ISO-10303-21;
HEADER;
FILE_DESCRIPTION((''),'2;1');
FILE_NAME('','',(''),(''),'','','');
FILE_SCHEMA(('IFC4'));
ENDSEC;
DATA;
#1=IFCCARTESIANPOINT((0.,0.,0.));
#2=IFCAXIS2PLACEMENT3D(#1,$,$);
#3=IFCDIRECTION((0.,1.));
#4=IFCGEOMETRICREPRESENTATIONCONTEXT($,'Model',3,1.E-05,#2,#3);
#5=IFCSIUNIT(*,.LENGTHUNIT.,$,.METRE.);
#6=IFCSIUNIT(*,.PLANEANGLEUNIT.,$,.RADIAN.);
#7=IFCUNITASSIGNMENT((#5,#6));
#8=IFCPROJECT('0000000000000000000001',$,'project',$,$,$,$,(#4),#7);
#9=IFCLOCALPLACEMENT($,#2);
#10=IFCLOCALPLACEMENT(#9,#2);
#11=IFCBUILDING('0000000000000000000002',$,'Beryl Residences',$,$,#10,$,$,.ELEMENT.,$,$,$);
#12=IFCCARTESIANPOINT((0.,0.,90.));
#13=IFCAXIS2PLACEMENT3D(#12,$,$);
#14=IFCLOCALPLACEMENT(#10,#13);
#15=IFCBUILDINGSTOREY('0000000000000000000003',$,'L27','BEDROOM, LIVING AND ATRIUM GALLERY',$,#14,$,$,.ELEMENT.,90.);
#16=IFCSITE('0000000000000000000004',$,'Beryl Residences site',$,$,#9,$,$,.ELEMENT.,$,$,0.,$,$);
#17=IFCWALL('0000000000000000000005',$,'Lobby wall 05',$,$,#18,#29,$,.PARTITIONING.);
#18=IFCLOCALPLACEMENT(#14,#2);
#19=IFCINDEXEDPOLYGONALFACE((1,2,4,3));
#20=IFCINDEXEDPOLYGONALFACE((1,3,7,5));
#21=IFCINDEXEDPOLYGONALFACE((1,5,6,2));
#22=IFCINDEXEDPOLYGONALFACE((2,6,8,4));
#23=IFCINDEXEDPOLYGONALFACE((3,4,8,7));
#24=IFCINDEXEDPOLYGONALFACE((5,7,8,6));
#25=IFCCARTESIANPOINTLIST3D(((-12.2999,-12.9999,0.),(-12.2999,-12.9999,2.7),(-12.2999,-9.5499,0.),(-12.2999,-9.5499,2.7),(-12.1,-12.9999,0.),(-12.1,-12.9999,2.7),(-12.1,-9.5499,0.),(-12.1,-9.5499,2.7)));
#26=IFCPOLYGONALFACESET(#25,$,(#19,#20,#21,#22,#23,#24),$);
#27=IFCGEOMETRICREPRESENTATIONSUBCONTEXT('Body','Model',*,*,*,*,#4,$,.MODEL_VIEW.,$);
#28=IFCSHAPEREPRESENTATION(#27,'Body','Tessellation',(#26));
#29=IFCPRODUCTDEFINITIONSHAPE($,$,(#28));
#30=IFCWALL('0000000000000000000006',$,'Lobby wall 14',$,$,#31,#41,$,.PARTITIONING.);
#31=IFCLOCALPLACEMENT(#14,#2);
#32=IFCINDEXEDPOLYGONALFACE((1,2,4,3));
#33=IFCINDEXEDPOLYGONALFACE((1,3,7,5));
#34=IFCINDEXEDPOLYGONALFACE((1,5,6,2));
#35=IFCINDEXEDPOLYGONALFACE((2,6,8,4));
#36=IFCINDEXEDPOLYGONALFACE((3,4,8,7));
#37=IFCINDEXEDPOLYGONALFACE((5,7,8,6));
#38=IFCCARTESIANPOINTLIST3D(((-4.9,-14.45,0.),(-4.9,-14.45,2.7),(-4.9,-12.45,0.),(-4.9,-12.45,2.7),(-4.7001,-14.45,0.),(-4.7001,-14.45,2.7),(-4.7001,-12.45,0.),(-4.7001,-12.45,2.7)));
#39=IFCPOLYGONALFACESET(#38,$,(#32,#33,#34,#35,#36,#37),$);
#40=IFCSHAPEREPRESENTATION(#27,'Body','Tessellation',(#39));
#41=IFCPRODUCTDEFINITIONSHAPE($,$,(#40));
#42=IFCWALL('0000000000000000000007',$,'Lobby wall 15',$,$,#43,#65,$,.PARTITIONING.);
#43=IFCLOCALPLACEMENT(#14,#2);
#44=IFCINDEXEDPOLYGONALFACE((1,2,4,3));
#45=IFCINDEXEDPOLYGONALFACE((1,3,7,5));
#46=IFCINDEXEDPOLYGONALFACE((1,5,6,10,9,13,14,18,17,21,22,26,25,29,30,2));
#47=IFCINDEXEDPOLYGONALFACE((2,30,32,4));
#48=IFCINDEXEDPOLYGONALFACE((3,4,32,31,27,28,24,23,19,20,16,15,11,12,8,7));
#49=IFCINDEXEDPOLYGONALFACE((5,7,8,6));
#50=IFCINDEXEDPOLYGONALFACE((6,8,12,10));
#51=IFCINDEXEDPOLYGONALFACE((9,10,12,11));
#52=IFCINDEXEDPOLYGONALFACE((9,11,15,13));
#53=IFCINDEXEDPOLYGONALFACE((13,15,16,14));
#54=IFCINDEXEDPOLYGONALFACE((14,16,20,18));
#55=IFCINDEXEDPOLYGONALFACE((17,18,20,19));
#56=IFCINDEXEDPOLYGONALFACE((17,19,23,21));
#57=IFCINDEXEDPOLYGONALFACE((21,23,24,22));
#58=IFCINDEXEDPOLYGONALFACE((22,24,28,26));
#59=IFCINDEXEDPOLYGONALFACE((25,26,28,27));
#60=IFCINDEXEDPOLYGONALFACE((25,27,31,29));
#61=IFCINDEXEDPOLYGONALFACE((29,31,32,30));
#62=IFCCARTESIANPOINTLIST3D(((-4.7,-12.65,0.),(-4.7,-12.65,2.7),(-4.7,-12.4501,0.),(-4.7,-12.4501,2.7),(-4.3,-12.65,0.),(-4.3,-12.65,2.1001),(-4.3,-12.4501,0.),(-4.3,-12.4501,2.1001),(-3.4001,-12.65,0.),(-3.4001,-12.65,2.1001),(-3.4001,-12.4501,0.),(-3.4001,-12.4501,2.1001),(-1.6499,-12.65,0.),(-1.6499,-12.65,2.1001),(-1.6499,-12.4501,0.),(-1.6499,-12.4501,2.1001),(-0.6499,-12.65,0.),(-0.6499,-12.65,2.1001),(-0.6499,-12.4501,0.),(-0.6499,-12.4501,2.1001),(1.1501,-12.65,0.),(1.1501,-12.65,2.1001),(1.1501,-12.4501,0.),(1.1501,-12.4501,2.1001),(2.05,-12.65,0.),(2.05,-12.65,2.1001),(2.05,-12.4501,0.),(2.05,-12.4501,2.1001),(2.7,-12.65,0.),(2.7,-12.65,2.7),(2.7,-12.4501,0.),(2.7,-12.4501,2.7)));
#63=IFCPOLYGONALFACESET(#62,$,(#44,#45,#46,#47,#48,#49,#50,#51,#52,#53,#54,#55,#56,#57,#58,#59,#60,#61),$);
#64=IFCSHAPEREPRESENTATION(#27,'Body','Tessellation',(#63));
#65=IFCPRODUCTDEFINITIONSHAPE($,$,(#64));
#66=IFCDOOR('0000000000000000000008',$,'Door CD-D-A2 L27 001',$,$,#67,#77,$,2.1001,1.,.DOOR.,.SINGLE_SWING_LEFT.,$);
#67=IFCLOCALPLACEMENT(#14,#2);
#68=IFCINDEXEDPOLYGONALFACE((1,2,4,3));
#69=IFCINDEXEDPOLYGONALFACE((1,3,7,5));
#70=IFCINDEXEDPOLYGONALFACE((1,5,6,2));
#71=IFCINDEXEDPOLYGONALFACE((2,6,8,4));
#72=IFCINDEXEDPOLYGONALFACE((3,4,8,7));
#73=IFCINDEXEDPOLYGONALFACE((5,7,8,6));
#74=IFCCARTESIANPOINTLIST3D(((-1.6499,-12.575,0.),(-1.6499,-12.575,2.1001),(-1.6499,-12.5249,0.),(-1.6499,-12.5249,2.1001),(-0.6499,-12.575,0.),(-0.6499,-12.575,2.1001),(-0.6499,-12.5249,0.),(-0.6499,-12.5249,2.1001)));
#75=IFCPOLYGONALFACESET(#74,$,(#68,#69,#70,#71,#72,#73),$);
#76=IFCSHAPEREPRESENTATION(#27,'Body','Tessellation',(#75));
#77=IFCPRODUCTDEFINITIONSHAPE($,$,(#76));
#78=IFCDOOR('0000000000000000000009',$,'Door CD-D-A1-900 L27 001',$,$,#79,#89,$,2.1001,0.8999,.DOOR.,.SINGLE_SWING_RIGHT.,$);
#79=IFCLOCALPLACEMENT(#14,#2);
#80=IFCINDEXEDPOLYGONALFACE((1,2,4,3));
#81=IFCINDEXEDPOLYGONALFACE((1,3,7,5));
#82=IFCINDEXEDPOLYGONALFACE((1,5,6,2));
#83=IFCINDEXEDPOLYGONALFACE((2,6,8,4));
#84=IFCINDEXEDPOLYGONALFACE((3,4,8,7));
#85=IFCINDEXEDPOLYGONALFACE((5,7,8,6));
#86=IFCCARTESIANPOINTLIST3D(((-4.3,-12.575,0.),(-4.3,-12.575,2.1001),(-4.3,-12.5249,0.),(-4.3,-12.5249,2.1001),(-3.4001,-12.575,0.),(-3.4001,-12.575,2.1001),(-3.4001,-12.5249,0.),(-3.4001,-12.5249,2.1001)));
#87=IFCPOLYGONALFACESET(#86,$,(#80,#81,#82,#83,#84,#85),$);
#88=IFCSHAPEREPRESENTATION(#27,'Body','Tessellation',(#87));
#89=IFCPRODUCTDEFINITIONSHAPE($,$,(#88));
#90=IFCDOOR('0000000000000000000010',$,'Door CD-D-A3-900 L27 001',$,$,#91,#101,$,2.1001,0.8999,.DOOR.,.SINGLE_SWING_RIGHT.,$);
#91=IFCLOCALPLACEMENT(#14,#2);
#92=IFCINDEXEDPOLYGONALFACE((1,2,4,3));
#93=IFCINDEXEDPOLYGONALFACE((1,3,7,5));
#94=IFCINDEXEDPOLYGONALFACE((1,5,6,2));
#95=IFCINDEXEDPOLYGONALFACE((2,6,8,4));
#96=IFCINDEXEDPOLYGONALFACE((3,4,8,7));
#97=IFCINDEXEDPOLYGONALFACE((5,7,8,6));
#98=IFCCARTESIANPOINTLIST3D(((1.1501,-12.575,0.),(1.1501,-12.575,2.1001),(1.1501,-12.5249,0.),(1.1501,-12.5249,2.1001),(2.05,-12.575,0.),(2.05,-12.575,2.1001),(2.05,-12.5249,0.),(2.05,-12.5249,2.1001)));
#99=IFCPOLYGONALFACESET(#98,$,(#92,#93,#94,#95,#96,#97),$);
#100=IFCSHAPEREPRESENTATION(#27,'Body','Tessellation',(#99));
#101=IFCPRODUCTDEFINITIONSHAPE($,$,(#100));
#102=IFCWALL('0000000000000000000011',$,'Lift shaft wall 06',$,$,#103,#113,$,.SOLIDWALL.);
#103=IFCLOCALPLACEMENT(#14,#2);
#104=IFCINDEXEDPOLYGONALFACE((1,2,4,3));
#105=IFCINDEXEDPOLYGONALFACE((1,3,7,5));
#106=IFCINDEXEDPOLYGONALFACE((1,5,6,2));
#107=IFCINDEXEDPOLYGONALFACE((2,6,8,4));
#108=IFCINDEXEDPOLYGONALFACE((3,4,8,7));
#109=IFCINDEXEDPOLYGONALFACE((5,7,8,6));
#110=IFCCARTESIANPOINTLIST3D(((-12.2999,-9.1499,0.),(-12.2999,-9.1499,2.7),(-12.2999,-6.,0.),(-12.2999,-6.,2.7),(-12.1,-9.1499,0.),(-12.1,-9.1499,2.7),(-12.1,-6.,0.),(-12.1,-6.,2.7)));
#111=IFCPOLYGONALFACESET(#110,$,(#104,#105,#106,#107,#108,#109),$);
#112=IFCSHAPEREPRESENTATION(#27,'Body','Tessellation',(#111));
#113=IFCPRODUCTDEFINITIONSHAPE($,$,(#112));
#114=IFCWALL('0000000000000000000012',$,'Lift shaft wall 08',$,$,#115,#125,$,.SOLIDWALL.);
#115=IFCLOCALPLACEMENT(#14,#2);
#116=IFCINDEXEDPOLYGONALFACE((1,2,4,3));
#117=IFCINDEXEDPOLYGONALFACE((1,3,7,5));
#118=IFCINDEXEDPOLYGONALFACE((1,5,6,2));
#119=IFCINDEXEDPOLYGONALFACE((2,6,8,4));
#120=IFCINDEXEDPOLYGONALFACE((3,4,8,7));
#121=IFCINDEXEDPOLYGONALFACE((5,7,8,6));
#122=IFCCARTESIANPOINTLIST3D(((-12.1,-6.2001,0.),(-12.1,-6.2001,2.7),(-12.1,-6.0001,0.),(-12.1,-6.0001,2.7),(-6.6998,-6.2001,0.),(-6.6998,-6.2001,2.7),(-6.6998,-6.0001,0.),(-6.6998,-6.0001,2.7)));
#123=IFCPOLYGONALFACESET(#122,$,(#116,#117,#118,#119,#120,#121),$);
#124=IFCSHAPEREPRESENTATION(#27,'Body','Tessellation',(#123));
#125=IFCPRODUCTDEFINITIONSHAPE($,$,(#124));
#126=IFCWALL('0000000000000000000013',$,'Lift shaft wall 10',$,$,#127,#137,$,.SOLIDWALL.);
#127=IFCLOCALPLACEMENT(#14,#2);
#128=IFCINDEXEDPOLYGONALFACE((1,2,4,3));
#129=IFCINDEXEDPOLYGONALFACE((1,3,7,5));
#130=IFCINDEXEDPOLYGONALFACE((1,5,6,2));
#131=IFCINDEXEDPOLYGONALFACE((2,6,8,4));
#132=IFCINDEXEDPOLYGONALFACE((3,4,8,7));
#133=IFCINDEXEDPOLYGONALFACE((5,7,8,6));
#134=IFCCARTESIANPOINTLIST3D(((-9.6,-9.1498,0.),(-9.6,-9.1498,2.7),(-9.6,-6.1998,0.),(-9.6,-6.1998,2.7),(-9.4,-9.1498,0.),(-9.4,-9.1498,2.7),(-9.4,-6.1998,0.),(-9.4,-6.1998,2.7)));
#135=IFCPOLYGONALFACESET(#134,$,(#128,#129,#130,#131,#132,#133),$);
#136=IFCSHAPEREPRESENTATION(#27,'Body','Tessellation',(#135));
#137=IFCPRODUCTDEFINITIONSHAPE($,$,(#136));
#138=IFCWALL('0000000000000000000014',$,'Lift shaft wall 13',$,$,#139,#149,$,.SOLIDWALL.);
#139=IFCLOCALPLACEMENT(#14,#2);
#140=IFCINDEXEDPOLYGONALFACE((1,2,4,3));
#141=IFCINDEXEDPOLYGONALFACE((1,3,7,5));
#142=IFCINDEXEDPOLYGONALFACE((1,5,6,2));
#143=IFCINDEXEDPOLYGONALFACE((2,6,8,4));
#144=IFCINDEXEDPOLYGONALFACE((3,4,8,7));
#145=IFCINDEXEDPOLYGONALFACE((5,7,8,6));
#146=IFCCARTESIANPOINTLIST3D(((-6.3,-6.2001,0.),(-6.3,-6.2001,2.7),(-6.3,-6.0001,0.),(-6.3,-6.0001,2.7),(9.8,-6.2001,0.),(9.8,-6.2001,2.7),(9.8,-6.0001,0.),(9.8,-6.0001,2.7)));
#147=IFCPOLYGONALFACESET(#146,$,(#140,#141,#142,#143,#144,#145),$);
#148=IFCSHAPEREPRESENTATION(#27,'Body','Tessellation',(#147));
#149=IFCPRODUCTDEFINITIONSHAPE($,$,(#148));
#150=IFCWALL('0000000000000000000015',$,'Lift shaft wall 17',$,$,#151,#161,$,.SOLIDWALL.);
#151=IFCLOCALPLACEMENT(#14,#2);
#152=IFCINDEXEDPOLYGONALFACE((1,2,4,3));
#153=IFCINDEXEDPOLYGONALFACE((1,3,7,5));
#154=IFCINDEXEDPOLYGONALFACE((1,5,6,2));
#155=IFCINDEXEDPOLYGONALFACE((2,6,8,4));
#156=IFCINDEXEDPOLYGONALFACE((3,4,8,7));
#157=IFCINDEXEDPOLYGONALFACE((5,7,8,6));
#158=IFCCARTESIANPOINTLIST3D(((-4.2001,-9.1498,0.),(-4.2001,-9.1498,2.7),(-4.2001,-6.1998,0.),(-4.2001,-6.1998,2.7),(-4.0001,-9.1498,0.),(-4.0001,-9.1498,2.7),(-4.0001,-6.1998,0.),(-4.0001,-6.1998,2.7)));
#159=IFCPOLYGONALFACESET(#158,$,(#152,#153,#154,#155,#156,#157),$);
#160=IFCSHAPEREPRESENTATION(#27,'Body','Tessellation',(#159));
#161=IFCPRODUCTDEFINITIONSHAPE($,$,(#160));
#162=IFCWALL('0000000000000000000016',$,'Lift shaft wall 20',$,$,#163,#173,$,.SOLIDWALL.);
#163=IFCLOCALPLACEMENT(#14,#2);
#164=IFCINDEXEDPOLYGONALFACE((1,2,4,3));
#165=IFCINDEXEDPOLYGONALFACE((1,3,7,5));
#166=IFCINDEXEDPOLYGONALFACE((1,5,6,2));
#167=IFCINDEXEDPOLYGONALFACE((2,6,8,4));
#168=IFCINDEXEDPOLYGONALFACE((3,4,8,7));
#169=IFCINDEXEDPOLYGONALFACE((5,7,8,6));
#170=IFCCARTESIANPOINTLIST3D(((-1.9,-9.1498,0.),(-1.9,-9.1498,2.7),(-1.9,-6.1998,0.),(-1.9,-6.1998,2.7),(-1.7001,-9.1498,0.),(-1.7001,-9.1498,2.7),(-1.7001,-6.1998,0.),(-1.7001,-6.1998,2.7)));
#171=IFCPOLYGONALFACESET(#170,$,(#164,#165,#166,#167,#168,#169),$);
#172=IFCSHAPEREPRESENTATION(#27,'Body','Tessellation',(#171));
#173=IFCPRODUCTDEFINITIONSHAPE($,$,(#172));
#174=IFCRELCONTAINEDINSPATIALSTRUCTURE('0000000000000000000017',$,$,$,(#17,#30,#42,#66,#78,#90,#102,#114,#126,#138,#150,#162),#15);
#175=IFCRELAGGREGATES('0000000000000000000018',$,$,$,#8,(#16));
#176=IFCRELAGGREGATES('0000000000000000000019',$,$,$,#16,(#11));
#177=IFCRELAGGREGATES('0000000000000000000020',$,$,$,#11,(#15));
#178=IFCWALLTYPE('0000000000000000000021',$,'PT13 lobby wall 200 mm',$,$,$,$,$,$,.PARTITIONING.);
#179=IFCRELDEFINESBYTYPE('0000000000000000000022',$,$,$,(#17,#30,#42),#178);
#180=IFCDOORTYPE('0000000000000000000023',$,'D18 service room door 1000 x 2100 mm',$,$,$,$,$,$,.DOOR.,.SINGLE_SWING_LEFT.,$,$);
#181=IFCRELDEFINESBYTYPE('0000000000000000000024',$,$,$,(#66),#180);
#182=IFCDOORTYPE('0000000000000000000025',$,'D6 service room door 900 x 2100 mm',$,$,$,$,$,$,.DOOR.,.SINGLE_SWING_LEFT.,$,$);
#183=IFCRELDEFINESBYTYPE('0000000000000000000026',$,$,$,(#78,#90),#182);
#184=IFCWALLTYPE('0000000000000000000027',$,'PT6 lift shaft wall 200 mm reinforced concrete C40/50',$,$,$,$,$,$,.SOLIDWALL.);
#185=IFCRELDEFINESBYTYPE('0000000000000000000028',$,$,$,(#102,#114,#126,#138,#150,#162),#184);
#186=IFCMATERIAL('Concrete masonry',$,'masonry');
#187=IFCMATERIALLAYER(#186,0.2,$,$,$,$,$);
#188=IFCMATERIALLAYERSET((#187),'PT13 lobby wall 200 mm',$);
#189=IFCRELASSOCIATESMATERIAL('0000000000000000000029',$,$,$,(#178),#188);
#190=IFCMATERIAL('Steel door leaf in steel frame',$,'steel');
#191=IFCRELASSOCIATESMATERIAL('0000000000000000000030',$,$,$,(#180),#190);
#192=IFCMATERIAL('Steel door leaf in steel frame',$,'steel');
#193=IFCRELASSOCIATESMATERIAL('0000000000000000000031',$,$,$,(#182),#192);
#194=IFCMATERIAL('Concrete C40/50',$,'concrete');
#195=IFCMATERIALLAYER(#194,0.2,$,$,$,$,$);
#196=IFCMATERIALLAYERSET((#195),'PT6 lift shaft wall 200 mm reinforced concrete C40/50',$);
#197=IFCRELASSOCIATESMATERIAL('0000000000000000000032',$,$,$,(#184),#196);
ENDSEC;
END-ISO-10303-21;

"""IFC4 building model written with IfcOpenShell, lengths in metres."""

from ifc_helpers import new_model, si_unit, direction, frame, frame_2d, origin, place, context, subcontext, project, spatial, rectangle, extrude, material, layer, layer_set, type_object, element, fill, save


model = new_model("IFC4")

# Units and contexts
model_context = context("Model", 3, precision=1e-05, world=origin(), true_north=direction((0.0, 1.0)))
body_context = subcontext(model_context, "Body", "Model", "MODEL_VIEW")
ifc_project = project(units=[si_unit("LENGTHUNIT", "METRE"), si_unit("PLANEANGLEUNIT", "RADIAN")], contexts=[model_context])

# Site, building, storey
site_placement = place(None, origin())
site = spatial("IfcSite", under=ifc_project, at=site_placement, Name="Beryl Residences site", CompositionType="ELEMENT", RefElevation=0.0)
building_placement = place(site_placement, origin())
building = spatial("IfcBuilding", under=site, at=building_placement, Name="Beryl Residences", CompositionType="ELEMENT")
storey_placement = place(building_placement, frame((0.0, 0.0, 90.0)))
storey = spatial("IfcBuildingStorey", under=building, at=storey_placement, Name="L27", Description="BEDROOM, LIVING AND ATRIUM GALLERY", CompositionType="ELEMENT", Elevation=90.0)

# Walls
ifc_material_1 = material(Name="Concrete masonry", Category="masonry")
ifc_layer_1 = layer(ifc_material_1, 0.2)
ifc_layer_set_1 = layer_set([ifc_layer_1], Name="PT13 lobby wall 200 mm")
wall_type_1 = type_object("IfcWallType", Name="PT13 lobby wall 200 mm", PredefinedType="PARTITIONING", material=ifc_layer_set_1)
wall_1_placement = place(storey_placement, frame((-12.2, -13.0, 0.0), z_axis=(0.0, 0.0, 1.0), x_axis=(0.0, 1.0, 0.0)))
element("IfcWall", 1, at=wall_1_placement, inside=storey, type_object=wall_type_1, Name="Lobby wall 05", PredefinedType="PARTITIONING", context=body_context, shape_type="SweptSolid", body=[
    extrude(rectangle(XDim=3.45, YDim=0.2, at=frame_2d((1.7251, 0.0))), origin(), (0.0, 0.0, 1.0), 2.7),
])
wall_2_placement = place(storey_placement, frame((-4.8, -14.45, 0.0), z_axis=(0.0, 0.0, 1.0), x_axis=(0.0, 1.0, 0.0)))
element("IfcWall", 2, at=wall_2_placement, inside=storey, type_object=wall_type_1, Name="Lobby wall 14", PredefinedType="PARTITIONING", context=body_context, shape_type="SweptSolid", body=[
    extrude(rectangle(XDim=2.0, YDim=0.2, at=frame_2d((1.0, 0.0))), origin(), (0.0, 0.0, 1.0), 2.7),
])

# Wall, openings, doors
wall_3_placement = place(storey_placement, frame((-4.7, -12.55, 0.0), z_axis=(0.0, 0.0, 1.0), x_axis=(1.0, 0.0, 0.0)))
wall_3 = element("IfcWall", 3, at=wall_3_placement, inside=storey, type_object=wall_type_1, Name="Lobby wall 15", PredefinedType="PARTITIONING", context=body_context, shape_type="SweptSolid", body=[
    extrude(rectangle(XDim=7.3999, YDim=0.2, at=frame_2d((3.7, 0.0))), origin(), (0.0, 0.0, 1.0), 2.7),
])
opening_1_placement = place(wall_3_placement, frame((1.2998, 0.0, 0.0), z_axis=(0.0, 0.0, 1.0), x_axis=(-1.0, 0.0, 0.0)))
opening_1 = element("IfcOpeningElement", 4, at=opening_1_placement, cuts=wall_3, PredefinedType="OPENING", context=body_context, shape_type="SweptSolid", body=[
    extrude(rectangle(XDim=0.8999, YDim=2.1001, at=frame_2d((0.45, 1.05))), frame((0.0, 0.1099, 0.0), z_axis=(0.0, -1.0, 0.0), x_axis=(1.0, 0.0, 0.0)), (0.0, 0.0, 1.0), 0.22),
])
opening_2_placement = place(wall_3_placement, frame((4.05, 0.0, 0.0), z_axis=(0.0, 0.0, 1.0), x_axis=(-1.0, 0.0, 0.0)))
opening_2 = element("IfcOpeningElement", 5, at=opening_2_placement, cuts=wall_3, PredefinedType="OPENING", context=body_context, shape_type="SweptSolid", body=[
    extrude(rectangle(XDim=1.0, YDim=2.1001, at=frame_2d((0.5, 1.05))), frame((0.0, 0.1099, 0.0), z_axis=(0.0, -1.0, 0.0), x_axis=(1.0, 0.0, 0.0)), (0.0, 0.0, 1.0), 0.22),
])
opening_3_placement = place(wall_3_placement, frame((6.75, 0.0, 0.0), z_axis=(0.0, 0.0, 1.0), x_axis=(-1.0, 0.0, 0.0)))
opening_3 = element("IfcOpeningElement", 6, at=opening_3_placement, cuts=wall_3, PredefinedType="OPENING", context=body_context, shape_type="SweptSolid", body=[
    extrude(rectangle(XDim=0.8999, YDim=2.1001, at=frame_2d((0.45, 1.05))), frame((0.0, 0.1099, 0.0), z_axis=(0.0, -1.0, 0.0), x_axis=(1.0, 0.0, 0.0)), (0.0, 0.0, 1.0), 0.22),
])
ifc_material_2 = material(Name="Steel door leaf in steel frame", Category="steel")
door_type_1 = type_object("IfcDoorType", Name="D18 service room door 1000 x 2100 mm", OperationType="SINGLE_SWING_LEFT", PredefinedType="DOOR", material=ifc_material_2)
door_1_placement = place(opening_2_placement, origin())
door_1 = element("IfcDoor", 7, at=door_1_placement, inside=storey, type_object=door_type_1, Name="Door CD-D-A2 L27 001", OperationType="SINGLE_SWING_LEFT", OverallHeight=2.1001, OverallWidth=1.0, PredefinedType="DOOR", context=body_context, shape_type="SweptSolid", body=[
    extrude(rectangle(XDim=1.0, YDim=2.1001, at=frame_2d((0.5, 1.05))), frame((0.0, 0.0249, 0.0), z_axis=(0.0, -1.0, 0.0), x_axis=(1.0, 0.0, 0.0)), (0.0, 0.0, 1.0), 0.05),
])
fill(opening_2, door_1)
ifc_material_3 = material(Name="Steel door leaf in steel frame", Category="steel")
door_type_2 = type_object("IfcDoorType", Name="D6 service room door 900 x 2100 mm", OperationType="SINGLE_SWING_LEFT", PredefinedType="DOOR", material=ifc_material_3)
door_2_placement = place(opening_1_placement, origin())
door_2 = element("IfcDoor", 8, at=door_2_placement, inside=storey, type_object=door_type_2, Name="Door CD-D-A1-900 L27 001", OperationType="SINGLE_SWING_RIGHT", OverallHeight=2.1001, OverallWidth=0.8999, PredefinedType="DOOR", context=body_context, shape_type="SweptSolid", body=[
    extrude(rectangle(XDim=0.8999, YDim=2.1001, at=frame_2d((0.45, 1.05))), frame((0.0, 0.0249, 0.0), z_axis=(0.0, -1.0, 0.0), x_axis=(1.0, 0.0, 0.0)), (0.0, 0.0, 1.0), 0.05),
])
fill(opening_1, door_2)
door_3_placement = place(opening_3_placement, origin())
door_3 = element("IfcDoor", 9, at=door_3_placement, inside=storey, type_object=door_type_2, Name="Door CD-D-A3-900 L27 001", OperationType="SINGLE_SWING_RIGHT", OverallHeight=2.1001, OverallWidth=0.8999, PredefinedType="DOOR", context=body_context, shape_type="SweptSolid", body=[
    extrude(rectangle(XDim=0.8999, YDim=2.1001, at=frame_2d((0.45, 1.05))), frame((0.0, 0.0249, 0.0), z_axis=(0.0, -1.0, 0.0), x_axis=(1.0, 0.0, 0.0)), (0.0, 0.0, 1.0), 0.05),
])
fill(opening_3, door_3)

# Walls
ifc_material_4 = material(Name="Concrete C40/50", Category="concrete")
ifc_layer_2 = layer(ifc_material_4, 0.2)
ifc_layer_set_2 = layer_set([ifc_layer_2], Name="PT6 lift shaft wall 200 mm reinforced concrete C40/50")
wall_type_2 = type_object("IfcWallType", Name="PT6 lift shaft wall 200 mm reinforced concrete C40/50", PredefinedType="SOLIDWALL", material=ifc_layer_set_2)
wall_4_placement = place(storey_placement, frame((-12.2, -9.1499, 0.0), z_axis=(0.0, 0.0, 1.0), x_axis=(0.0, 1.0, 0.0)))
element("IfcWall", 10, at=wall_4_placement, inside=storey, type_object=wall_type_2, Name="Lift shaft wall 06", PredefinedType="SOLIDWALL", context=body_context, shape_type="SweptSolid", body=[
    extrude(rectangle(XDim=3.1499, YDim=0.2, at=frame_2d((1.575, 0.0))), origin(), (0.0, 0.0, 1.0), 2.7),
])
wall_5_placement = place(storey_placement, frame((-12.1001, -6.1001, 0.0), z_axis=(0.0, 0.0, 1.0), x_axis=(1.0, 0.0, 0.0)))
element("IfcWall", 11, at=wall_5_placement, inside=storey, type_object=wall_type_2, Name="Lift shaft wall 08", PredefinedType="SOLIDWALL", context=body_context, shape_type="SweptSolid", body=[
    extrude(rectangle(XDim=5.4001, YDim=0.2, at=frame_2d((2.7002, 0.0))), origin(), (0.0, 0.0, 1.0), 2.7),
])
wall_6_placement = place(storey_placement, frame((-9.5, -9.1499, 0.0), z_axis=(0.0, 0.0, 1.0), x_axis=(0.0, 1.0, 0.0)))
element("IfcWall", 12, at=wall_6_placement, inside=storey, type_object=wall_type_2, Name="Lift shaft wall 10", PredefinedType="SOLIDWALL", context=body_context, shape_type="SweptSolid", body=[
    extrude(rectangle(XDim=2.95, YDim=0.2, at=frame_2d((1.4751, 0.0))), origin(), (0.0, 0.0, 1.0), 2.7),
])
wall_7_placement = place(storey_placement, frame((-6.3, -6.1001, 0.0), z_axis=(0.0, 0.0, 1.0), x_axis=(1.0, 0.0, 0.0)))
element("IfcWall", 13, at=wall_7_placement, inside=storey, type_object=wall_type_2, Name="Lift shaft wall 13", PredefinedType="SOLIDWALL", context=body_context, shape_type="SweptSolid", body=[
    extrude(rectangle(XDim=16.1001, YDim=0.2, at=frame_2d((8.05, 0.0))), origin(), (0.0, 0.0, 1.0), 2.7),
])
for number, where, z_axis, x_axis, name in (
    (14, (-4.1001, -9.1499, 0.0), (0.0, 0.0, 1.0), (0.0, 1.0, 0.0), "Lift shaft wall 17"),
    (15, (-1.8, -9.1499, 0.0), (0.0, 0.0, 1.0), (0.0, 1.0, 0.0), "Lift shaft wall 20"),
):
    element("IfcWall", number, at=place(storey_placement, frame(where, z_axis=z_axis, x_axis=x_axis)), inside=storey, type_object=wall_type_2, Name=name, PredefinedType="SOLIDWALL", context=body_context, shape_type="SweptSolid", body=[
        extrude(rectangle(XDim=2.95, YDim=0.2, at=frame_2d((1.4751, 0.0))), origin(), (0.0, 0.0, 1.0), 2.7),
    ])

save(model, "model.ifc")
